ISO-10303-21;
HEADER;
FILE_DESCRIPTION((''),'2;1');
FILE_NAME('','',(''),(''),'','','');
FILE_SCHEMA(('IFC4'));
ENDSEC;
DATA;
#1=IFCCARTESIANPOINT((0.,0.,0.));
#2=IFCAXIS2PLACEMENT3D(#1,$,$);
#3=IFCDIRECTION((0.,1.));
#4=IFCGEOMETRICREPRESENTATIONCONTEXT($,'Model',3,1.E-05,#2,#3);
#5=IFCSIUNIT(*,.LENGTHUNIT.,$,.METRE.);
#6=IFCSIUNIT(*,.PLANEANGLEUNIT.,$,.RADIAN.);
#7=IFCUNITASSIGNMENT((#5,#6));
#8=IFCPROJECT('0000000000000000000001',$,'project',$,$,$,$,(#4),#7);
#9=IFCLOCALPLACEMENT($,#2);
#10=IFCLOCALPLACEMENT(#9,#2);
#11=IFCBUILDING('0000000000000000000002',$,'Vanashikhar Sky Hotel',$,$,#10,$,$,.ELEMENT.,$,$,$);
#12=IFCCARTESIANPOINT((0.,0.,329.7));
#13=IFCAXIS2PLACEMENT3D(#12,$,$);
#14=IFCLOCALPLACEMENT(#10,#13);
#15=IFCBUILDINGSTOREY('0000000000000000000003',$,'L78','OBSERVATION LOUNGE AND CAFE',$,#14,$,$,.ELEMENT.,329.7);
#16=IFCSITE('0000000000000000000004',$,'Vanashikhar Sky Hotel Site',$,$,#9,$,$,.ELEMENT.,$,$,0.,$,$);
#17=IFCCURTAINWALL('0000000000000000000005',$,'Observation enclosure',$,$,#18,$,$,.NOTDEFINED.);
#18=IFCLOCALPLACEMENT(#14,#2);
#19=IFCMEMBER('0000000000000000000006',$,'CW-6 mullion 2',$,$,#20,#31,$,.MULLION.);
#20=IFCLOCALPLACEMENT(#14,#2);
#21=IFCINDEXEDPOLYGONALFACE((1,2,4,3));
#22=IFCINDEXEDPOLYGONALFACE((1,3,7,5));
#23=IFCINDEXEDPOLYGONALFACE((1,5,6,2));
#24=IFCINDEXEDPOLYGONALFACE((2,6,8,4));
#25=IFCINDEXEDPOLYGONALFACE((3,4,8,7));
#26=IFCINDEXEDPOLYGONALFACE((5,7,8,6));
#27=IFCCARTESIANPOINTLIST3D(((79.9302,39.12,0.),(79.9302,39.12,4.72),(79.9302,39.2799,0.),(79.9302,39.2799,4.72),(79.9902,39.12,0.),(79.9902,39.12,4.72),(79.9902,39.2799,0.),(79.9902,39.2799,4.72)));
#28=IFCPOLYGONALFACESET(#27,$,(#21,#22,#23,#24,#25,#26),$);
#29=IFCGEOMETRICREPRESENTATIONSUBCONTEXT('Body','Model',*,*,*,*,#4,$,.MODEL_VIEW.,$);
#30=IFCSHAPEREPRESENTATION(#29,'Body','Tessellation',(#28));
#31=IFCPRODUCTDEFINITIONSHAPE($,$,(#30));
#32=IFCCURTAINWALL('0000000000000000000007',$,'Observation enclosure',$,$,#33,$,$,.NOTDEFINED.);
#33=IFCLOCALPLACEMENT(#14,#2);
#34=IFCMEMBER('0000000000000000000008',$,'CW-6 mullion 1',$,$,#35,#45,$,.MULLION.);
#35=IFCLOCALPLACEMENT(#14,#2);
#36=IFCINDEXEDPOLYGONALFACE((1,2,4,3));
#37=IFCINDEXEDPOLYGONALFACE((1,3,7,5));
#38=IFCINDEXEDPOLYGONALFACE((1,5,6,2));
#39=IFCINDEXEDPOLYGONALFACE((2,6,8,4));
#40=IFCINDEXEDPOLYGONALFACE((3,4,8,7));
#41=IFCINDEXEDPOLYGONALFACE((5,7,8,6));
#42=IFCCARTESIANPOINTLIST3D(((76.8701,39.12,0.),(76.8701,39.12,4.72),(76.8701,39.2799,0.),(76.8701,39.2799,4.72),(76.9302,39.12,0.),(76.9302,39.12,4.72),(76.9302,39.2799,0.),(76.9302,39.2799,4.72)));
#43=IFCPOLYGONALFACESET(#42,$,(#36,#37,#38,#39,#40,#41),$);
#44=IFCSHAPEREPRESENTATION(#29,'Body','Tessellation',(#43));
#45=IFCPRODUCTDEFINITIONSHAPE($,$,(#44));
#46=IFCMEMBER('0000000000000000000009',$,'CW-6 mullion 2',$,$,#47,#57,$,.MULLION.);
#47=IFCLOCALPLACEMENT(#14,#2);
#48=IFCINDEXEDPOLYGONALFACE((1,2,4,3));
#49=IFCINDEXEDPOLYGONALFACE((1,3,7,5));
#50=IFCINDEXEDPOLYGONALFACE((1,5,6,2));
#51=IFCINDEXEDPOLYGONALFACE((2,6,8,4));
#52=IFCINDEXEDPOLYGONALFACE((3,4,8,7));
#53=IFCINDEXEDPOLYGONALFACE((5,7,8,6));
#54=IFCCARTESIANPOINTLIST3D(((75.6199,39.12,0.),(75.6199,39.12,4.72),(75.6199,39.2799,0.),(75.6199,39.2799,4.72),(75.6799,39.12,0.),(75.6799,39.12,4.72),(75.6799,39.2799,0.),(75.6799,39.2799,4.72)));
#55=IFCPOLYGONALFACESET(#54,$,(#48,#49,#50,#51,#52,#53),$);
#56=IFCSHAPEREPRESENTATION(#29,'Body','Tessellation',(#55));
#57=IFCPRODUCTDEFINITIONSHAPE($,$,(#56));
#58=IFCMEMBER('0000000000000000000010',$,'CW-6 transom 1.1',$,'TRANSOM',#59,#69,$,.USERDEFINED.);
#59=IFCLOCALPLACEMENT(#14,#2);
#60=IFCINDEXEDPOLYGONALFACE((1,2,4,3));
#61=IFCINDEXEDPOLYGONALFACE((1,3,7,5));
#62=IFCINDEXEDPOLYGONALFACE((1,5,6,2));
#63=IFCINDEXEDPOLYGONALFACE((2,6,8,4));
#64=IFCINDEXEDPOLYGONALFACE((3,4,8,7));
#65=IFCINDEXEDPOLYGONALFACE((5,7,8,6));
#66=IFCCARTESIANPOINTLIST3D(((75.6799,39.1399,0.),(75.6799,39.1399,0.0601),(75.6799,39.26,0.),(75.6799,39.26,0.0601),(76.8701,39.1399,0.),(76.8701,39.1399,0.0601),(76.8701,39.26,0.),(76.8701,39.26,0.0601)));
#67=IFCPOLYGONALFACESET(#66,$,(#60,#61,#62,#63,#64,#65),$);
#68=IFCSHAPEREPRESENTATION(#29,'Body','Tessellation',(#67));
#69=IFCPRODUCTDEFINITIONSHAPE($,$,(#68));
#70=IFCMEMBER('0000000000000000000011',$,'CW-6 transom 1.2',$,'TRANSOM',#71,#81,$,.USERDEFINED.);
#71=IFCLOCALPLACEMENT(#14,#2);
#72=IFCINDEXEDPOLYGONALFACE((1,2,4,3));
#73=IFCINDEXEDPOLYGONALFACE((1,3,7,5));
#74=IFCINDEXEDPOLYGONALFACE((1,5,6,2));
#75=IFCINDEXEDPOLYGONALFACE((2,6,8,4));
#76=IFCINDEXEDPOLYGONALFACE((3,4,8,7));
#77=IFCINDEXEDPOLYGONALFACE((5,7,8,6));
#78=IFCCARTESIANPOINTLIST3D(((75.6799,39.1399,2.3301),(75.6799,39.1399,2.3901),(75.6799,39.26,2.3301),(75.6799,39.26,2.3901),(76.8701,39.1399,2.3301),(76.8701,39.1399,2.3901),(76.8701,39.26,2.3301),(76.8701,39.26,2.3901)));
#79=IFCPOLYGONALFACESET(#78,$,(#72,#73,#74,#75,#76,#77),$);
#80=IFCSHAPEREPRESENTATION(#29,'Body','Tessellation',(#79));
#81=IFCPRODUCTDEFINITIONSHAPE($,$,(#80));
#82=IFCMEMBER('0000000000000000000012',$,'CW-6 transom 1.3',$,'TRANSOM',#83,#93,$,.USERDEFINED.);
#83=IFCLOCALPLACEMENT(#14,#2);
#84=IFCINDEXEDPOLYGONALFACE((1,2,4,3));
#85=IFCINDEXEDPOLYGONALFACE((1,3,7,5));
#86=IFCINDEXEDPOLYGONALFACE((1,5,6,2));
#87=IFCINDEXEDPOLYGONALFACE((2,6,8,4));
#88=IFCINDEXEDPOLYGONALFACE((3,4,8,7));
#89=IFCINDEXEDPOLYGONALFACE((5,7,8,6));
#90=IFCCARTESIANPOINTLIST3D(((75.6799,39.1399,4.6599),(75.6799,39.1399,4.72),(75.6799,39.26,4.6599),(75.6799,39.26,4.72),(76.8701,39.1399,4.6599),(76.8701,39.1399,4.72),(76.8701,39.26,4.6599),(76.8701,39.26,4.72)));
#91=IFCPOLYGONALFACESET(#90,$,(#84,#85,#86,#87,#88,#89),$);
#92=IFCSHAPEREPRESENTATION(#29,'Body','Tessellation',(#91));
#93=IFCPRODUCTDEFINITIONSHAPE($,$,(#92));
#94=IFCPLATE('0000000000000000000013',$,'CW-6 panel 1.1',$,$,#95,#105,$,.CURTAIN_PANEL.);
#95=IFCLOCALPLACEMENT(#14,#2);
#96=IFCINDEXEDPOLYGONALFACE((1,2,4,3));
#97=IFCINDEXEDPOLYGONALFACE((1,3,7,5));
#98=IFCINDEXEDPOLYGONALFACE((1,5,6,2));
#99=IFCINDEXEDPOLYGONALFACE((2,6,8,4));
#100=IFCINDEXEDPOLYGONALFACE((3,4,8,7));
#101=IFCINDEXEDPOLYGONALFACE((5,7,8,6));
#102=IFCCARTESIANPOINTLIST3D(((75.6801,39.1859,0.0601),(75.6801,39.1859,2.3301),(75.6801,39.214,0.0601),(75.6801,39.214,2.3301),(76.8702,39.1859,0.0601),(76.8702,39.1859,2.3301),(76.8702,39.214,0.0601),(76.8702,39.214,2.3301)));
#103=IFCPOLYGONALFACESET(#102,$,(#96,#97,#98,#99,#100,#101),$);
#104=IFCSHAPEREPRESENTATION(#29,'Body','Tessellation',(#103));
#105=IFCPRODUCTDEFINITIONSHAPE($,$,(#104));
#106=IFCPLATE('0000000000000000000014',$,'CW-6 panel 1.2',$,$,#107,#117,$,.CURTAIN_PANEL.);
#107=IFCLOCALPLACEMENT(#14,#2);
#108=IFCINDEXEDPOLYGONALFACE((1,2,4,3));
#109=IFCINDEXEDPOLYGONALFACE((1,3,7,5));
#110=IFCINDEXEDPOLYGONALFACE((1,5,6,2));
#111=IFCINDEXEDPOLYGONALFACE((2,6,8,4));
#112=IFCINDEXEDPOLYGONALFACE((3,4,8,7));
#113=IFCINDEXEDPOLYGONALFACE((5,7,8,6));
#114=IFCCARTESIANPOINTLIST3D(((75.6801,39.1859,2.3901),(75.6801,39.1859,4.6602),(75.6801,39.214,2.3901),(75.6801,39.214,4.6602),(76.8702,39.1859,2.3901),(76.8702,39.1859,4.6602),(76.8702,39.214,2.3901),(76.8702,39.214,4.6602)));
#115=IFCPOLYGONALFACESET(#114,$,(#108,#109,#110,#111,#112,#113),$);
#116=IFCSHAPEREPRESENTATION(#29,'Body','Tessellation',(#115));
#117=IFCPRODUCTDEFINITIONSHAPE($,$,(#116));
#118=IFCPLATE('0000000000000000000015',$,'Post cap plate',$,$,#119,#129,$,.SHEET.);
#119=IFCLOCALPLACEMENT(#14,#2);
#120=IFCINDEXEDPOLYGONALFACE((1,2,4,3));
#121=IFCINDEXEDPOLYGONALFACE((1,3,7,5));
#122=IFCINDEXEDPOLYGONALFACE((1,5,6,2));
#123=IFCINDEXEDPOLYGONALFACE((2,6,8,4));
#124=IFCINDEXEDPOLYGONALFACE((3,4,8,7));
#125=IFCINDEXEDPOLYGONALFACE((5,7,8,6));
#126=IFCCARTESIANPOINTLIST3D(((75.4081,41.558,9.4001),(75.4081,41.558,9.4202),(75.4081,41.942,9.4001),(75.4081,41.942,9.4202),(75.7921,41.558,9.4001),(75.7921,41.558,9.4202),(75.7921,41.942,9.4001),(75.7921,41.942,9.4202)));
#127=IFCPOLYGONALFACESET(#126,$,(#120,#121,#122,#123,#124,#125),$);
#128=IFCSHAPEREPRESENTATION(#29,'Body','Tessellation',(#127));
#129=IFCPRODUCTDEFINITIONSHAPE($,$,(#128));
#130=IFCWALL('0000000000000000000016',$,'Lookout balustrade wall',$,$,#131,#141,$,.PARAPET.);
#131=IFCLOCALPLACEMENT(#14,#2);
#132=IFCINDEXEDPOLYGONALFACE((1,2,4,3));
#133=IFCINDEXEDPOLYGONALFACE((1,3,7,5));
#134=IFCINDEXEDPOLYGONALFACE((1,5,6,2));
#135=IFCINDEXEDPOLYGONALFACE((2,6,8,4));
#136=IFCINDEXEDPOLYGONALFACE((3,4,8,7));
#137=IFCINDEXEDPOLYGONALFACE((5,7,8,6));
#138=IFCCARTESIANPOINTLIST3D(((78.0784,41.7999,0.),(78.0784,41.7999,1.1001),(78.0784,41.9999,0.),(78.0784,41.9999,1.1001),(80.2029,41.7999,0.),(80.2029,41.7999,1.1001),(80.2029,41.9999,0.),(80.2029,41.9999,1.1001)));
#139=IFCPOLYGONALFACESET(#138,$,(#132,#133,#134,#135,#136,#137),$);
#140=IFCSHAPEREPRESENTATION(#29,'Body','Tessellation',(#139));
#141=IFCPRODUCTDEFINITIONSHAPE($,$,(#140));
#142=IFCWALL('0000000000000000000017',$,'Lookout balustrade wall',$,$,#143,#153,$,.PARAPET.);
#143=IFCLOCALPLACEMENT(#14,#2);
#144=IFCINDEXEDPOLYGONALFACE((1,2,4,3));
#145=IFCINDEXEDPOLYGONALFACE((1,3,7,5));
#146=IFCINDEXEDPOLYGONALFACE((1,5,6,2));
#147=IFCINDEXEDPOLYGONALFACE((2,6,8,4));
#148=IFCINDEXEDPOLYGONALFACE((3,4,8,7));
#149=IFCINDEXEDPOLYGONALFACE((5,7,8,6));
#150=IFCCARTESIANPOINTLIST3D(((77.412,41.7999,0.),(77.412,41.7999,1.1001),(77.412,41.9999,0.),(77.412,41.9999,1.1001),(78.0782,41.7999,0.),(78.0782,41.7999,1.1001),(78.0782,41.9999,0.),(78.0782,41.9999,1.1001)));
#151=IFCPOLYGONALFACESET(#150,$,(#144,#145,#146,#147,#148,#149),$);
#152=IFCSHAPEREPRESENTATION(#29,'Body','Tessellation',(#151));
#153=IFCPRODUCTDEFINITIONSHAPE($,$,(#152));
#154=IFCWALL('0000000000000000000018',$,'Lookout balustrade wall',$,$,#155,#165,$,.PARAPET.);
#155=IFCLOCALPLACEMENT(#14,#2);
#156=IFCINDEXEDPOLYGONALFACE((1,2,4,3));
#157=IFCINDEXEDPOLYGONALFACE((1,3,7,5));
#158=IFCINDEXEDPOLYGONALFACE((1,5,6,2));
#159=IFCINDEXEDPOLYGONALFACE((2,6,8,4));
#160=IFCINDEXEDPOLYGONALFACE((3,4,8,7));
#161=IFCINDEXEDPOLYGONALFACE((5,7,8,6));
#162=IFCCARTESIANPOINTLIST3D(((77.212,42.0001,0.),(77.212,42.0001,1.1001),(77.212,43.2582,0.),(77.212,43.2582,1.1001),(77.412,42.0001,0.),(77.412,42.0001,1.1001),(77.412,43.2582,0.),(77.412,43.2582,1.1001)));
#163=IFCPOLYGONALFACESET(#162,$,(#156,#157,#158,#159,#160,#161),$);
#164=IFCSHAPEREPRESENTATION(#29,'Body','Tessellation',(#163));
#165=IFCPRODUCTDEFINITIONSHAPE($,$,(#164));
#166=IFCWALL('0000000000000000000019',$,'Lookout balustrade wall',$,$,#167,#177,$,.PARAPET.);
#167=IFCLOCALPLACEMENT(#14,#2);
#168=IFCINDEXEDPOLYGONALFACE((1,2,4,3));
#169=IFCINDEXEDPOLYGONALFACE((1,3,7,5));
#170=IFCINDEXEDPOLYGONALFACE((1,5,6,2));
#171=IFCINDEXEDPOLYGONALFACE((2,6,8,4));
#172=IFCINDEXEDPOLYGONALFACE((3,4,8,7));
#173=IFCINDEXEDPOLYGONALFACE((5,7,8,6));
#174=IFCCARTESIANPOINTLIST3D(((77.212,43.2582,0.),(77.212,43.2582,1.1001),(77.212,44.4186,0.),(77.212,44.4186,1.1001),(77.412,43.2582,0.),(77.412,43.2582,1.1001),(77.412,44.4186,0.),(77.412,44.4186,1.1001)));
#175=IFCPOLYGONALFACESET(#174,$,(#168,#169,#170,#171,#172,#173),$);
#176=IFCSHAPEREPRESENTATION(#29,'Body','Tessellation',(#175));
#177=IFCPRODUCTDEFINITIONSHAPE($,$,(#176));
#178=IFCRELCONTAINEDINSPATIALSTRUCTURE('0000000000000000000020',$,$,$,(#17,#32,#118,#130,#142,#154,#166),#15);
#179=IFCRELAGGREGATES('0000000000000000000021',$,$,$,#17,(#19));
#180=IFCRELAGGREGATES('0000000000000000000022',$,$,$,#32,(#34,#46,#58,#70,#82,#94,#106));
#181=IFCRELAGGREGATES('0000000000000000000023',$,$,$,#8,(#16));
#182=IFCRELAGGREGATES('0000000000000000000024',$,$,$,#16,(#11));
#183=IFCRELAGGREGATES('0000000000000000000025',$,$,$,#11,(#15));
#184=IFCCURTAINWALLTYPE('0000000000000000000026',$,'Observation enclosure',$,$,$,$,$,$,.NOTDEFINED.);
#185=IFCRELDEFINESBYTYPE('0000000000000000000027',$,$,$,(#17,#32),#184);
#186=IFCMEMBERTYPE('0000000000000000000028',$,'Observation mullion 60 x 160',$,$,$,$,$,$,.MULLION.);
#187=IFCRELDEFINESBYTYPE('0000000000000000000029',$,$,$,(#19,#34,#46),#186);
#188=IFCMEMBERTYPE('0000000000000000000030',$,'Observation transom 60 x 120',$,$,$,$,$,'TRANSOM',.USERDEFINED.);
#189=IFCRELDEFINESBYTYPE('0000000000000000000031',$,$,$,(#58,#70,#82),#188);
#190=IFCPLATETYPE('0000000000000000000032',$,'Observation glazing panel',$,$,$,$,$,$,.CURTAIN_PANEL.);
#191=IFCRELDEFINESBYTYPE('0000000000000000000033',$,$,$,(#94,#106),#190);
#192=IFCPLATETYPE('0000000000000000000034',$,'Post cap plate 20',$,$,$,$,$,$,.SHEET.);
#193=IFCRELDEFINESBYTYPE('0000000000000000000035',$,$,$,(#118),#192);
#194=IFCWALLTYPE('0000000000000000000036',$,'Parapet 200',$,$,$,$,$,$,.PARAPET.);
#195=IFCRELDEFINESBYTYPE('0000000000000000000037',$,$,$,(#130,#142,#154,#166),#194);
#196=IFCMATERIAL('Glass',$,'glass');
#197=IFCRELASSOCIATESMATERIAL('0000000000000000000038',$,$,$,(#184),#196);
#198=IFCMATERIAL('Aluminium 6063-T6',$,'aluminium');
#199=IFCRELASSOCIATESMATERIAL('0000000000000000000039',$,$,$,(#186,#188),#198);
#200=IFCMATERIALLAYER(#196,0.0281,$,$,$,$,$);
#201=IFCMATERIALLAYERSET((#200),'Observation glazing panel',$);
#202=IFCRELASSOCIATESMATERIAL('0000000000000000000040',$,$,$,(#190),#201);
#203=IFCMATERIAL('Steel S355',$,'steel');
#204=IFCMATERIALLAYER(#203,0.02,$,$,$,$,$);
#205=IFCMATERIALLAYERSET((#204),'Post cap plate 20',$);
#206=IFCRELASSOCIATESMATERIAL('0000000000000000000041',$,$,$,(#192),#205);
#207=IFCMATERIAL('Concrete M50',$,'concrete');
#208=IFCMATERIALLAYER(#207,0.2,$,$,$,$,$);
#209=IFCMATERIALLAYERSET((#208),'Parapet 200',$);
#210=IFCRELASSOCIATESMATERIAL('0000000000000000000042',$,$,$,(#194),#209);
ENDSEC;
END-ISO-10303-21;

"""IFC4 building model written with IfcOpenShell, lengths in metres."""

from ifc_helpers import new_model, si_unit, direction, frame, frame_2d, origin, origin_2d, place, context, subcontext, project, spatial, rectangle, extrude, source, transform, mapped, material, layer, layer_set, material_profile, profile_set, type_object, element, aggregate, save


model = new_model("IFC4")

# Units and contexts
model_context = context("Model", 3, precision=1e-05, world=origin(), true_north=direction((0.0, 1.0)))
body_context = subcontext(model_context, "Body", "Model", "MODEL_VIEW")
ifc_project = project(units=[si_unit("LENGTHUNIT", "METRE"), si_unit("PLANEANGLEUNIT", "RADIAN")], contexts=[model_context])

# Site, building, storey
site_placement = place(None, origin())
site = spatial("IfcSite", under=ifc_project, at=site_placement, Name="Vanashikhar Sky Hotel Site", CompositionType="ELEMENT", RefElevation=0.0)
building_placement = place(site_placement, origin())
building = spatial("IfcBuilding", under=site, at=building_placement, Name="Vanashikhar Sky Hotel", CompositionType="ELEMENT")
storey_placement = place(building_placement, frame((0.0, 0.0, 329.7)))
storey = spatial("IfcBuildingStorey", under=building, at=storey_placement, Name="L78", Description="OBSERVATION LOUNGE AND CAFE", CompositionType="ELEMENT", Elevation=329.7)

# Curtain wall, member
ifc_material_1 = material(Name="Glass", Category="glass")
curtain_wall_type = type_object("IfcCurtainWallType", Name="Observation enclosure", PredefinedType="NOTDEFINED", material=ifc_material_1)
curtain_wall_1_placement = place(storey_placement, origin())
curtain_wall_1 = element("IfcCurtainWall", 1, at=curtain_wall_1_placement, inside=storey, type_object=curtain_wall_type, Name="Observation enclosure", PredefinedType="NOTDEFINED")
ifc_material_2 = material(Name="Aluminium 6063-T6", Category="aluminium")
ifc_material_profile_1 = material_profile(ifc_material_2, rectangle(XDim=0.1599, YDim=0.0601, at=origin_2d()))
ifc_profile_set_1 = profile_set([ifc_material_profile_1], Name="Aluminium 6063-T6")
member_type_1 = type_object("IfcMemberType", Name="Observation mullion 60 x 160", PredefinedType="MULLION", material=ifc_profile_set_1)
shared_shape_1 = source(origin(), body_context, "Body", "SweptSolid", [
    extrude(rectangle(XDim=0.1599, YDim=0.0601, at=origin_2d()), origin(), (0.0, 0.0, 1.0), 4.72),
])
member_1_placement = place(storey_placement, frame((79.9602, 39.2, 0.0), z_axis=(0.0, 0.0, 1.0), x_axis=(0.0, -1.0, 0.0)))
member_1 = element("IfcMember", 2, at=member_1_placement, type_object=member_type_1, Name="CW-6 mullion 2", PredefinedType="MULLION", context=body_context, shape_type="MappedRepresentation", body=[
    mapped(shared_shape_1, transform((0.0, 0.0, 0.0), scale=1.0)),
])
aggregate(curtain_wall_1, [member_1])

# Curtain wall, members, plates
curtain_wall_2_placement = place(storey_placement, origin())
curtain_wall_2 = element("IfcCurtainWall", 3, at=curtain_wall_2_placement, inside=storey, type_object=curtain_wall_type, Name="Observation enclosure", PredefinedType="NOTDEFINED")
member_2_placement = place(storey_placement, frame((76.9001, 39.2, 0.0), z_axis=(0.0, 0.0, 1.0), x_axis=(0.0, -1.0, 0.0)))
member_2 = element("IfcMember", 4, at=member_2_placement, type_object=member_type_1, Name="CW-6 mullion 1", PredefinedType="MULLION", context=body_context, shape_type="MappedRepresentation", body=[
    mapped(shared_shape_1, transform((0.0, 0.0, 0.0), scale=1.0)),
])
member_3_placement = place(storey_placement, frame((75.6499, 39.2, 0.0), z_axis=(0.0, 0.0, 1.0), x_axis=(0.0, -1.0, 0.0)))
member_3 = element("IfcMember", 5, at=member_3_placement, type_object=member_type_1, Name="CW-6 mullion 2", PredefinedType="MULLION", context=body_context, shape_type="MappedRepresentation", body=[
    mapped(shared_shape_1, transform((0.0, 0.0, 0.0), scale=1.0)),
])
ifc_material_profile_2 = material_profile(ifc_material_2, rectangle(XDim=0.1201, YDim=0.0601, at=origin_2d()))
ifc_profile_set_2 = profile_set([ifc_material_profile_2], Name="Aluminium 6063-T6")
member_type_2 = type_object("IfcMemberType", Name="Observation transom 60 x 120", ElementType="TRANSOM", PredefinedType="USERDEFINED", material=ifc_profile_set_2)
shared_shape_2 = source(origin(), body_context, "Body", "SweptSolid", [
    extrude(rectangle(XDim=0.1201, YDim=0.0601, at=origin_2d()), origin(), (0.0, 0.0, 1.0), 1.1902),
])
member_4_placement = place(storey_placement, frame((76.8701, 39.2, 0.03), z_axis=(-1.0, 0.0, 0.0), x_axis=(0.0, -1.0, 0.0)))
member_4 = element("IfcMember", 6, at=member_4_placement, type_object=member_type_2, Name="CW-6 transom 1.1", ObjectType="TRANSOM", PredefinedType="USERDEFINED", context=body_context, shape_type="MappedRepresentation", body=[
    mapped(shared_shape_2, transform((0.0, 0.0, 0.0), scale=1.0)),
])
member_5_placement = place(storey_placement, frame((76.8701, 39.2, 2.3601), z_axis=(-1.0, 0.0, 0.0), x_axis=(0.0, -1.0, 0.0)))
member_5 = element("IfcMember", 7, at=member_5_placement, type_object=member_type_2, Name="CW-6 transom 1.2", ObjectType="TRANSOM", PredefinedType="USERDEFINED", context=body_context, shape_type="MappedRepresentation", body=[
    mapped(shared_shape_2, transform((0.0, 0.0, 0.0), scale=1.0)),
])
member_6_placement = place(storey_placement, frame((76.8701, 39.2, 4.6899), z_axis=(-1.0, 0.0, 0.0), x_axis=(0.0, -1.0, 0.0)))
member_6 = element("IfcMember", 8, at=member_6_placement, type_object=member_type_2, Name="CW-6 transom 1.3", ObjectType="TRANSOM", PredefinedType="USERDEFINED", context=body_context, shape_type="MappedRepresentation", body=[
    mapped(shared_shape_2, transform((0.0, 0.0, 0.0), scale=1.0)),
])
ifc_layer_1 = layer(ifc_material_1, 0.0281)
ifc_layer_set_1 = layer_set([ifc_layer_1], Name="Observation glazing panel")
plate_type_1 = type_object("IfcPlateType", Name="Observation glazing panel", PredefinedType="CURTAIN_PANEL", material=ifc_layer_set_1)
shared_shape_3 = source(origin(), body_context, "Body", "SweptSolid", [
    extrude(rectangle(XDim=1.1902, YDim=0.0281, at=origin_2d()), origin(), (0.0, 0.0, 1.0), 2.27),
])
plate_1_placement = place(storey_placement, frame((76.2751, 39.2, 0.0601), z_axis=(0.0, 0.0, 1.0), x_axis=(-1.0, 0.0, 0.0)))
plate_1 = element("IfcPlate", 9, at=plate_1_placement, type_object=plate_type_1, Name="CW-6 panel 1.1", PredefinedType="CURTAIN_PANEL", context=body_context, shape_type="MappedRepresentation", body=[
    mapped(shared_shape_3, transform((0.0, 0.0, 0.0), scale=1.0)),
])
plate_2_placement = place(storey_placement, frame((76.2751, 39.2, 2.3901), z_axis=(0.0, 0.0, 1.0), x_axis=(-1.0, 0.0, 0.0)))
plate_2 = element("IfcPlate", 10, at=plate_2_placement, type_object=plate_type_1, Name="CW-6 panel 1.2", PredefinedType="CURTAIN_PANEL", context=body_context, shape_type="MappedRepresentation", body=[
    mapped(shared_shape_3, transform((0.0, 0.0, 0.0), scale=1.0)),
])
aggregate(curtain_wall_2, [member_2, member_3, member_4, member_5, member_6, plate_1, plate_2])

# Plate
ifc_material_3 = material(Name="Steel S355", Category="steel")
ifc_layer_2 = layer(ifc_material_3, 0.02)
ifc_layer_set_2 = layer_set([ifc_layer_2], Name="Post cap plate 20")
plate_type_2 = type_object("IfcPlateType", Name="Post cap plate 20", PredefinedType="SHEET", material=ifc_layer_set_2)
shared_shape_4 = source(origin(), body_context, "Body", "SweptSolid", [
    extrude(rectangle(XDim=0.384, YDim=0.384, at=origin_2d()), origin(), (0.0, 0.0, 1.0), 0.02),
])
plate_3_placement = place(storey_placement, frame((75.6001, 41.75, 9.4001), z_axis=(0.0, 0.0, 1.0), x_axis=(1.0, 0.0, 0.0)))
element("IfcPlate", 11, at=plate_3_placement, inside=storey, type_object=plate_type_2, Name="Post cap plate", PredefinedType="SHEET", context=body_context, shape_type="MappedRepresentation", body=[
    mapped(shared_shape_4, transform((0.0, 0.0, 0.0), scale=1.0)),
])

# Walls
ifc_material_4 = material(Name="Concrete M50", Category="concrete")
ifc_layer_3 = layer(ifc_material_4, 0.2)
ifc_layer_set_3 = layer_set([ifc_layer_3], Name="Parapet 200")
wall_type_1 = type_object("IfcWallType", Name="Parapet 200", PredefinedType="PARAPET", material=ifc_layer_set_3)
shared_shape_5 = source(origin(), body_context, "Body", "SweptSolid", [
    extrude(rectangle(XDim=2.1245, YDim=0.2, at=frame_2d((1.0623, 0.0))), origin(), (0.0, 0.0, 1.0), 1.1001),
])
wall_1_placement = place(storey_placement, frame((78.0784, 41.8999, 0.0), z_axis=(0.0, 0.0, 1.0), x_axis=(1.0, 0.0, 0.0)))
element("IfcWall", 12, at=wall_1_placement, inside=storey, type_object=wall_type_1, Name="Lookout balustrade wall", PredefinedType="PARAPET", context=body_context, shape_type="MappedRepresentation", body=[
    mapped(shared_shape_5, transform((0.0, 0.0, 0.0), scale=1.0)),
])
shared_shape_6 = source(origin(), body_context, "Body", "SweptSolid", [
    extrude(rectangle(XDim=0.6663, YDim=0.2, at=frame_2d((0.333, 0.0))), origin(), (0.0, 0.0, 1.0), 1.1001),
])
wall_2_placement = place(storey_placement, frame((77.4121, 41.8999, 0.0), z_axis=(0.0, 0.0, 1.0), x_axis=(1.0, 0.0, 0.0)))
element("IfcWall", 13, at=wall_2_placement, inside=storey, type_object=wall_type_1, Name="Lookout balustrade wall", PredefinedType="PARAPET", context=body_context, shape_type="MappedRepresentation", body=[
    mapped(shared_shape_6, transform((0.0, 0.0, 0.0), scale=1.0)),
])
shared_shape_7 = source(origin(), body_context, "Body", "SweptSolid", [
    extrude(rectangle(XDim=1.2581, YDim=0.2, at=frame_2d((0.6289, 0.0))), origin(), (0.0, 0.0, 1.0), 1.1001),
])
wall_3_placement = place(storey_placement, frame((77.312, 43.2581, 0.0), z_axis=(0.0, 0.0, 1.0), x_axis=(0.0, -1.0, 0.0)))
element("IfcWall", 14, at=wall_3_placement, inside=storey, type_object=wall_type_1, Name="Lookout balustrade wall", PredefinedType="PARAPET", context=body_context, shape_type="MappedRepresentation", body=[
    mapped(shared_shape_7, transform((0.0, 0.0, 0.0), scale=1.0)),
])
shared_shape_8 = source(origin(), body_context, "Body", "SweptSolid", [
    extrude(rectangle(XDim=1.1604, YDim=0.2, at=frame_2d((0.5801, 0.0))), origin(), (0.0, 0.0, 1.0), 1.1001),
])
wall_4_placement = place(storey_placement, frame((77.312, 44.4185, 0.0), z_axis=(0.0, 0.0, 1.0), x_axis=(0.0, -1.0, 0.0)))
element("IfcWall", 15, at=wall_4_placement, inside=storey, type_object=wall_type_1, Name="Lookout balustrade wall", PredefinedType="PARAPET", context=body_context, shape_type="MappedRepresentation", body=[
    mapped(shared_shape_8, transform((0.0, 0.0, 0.0), scale=1.0)),
])

save(model, "model.ifc")
